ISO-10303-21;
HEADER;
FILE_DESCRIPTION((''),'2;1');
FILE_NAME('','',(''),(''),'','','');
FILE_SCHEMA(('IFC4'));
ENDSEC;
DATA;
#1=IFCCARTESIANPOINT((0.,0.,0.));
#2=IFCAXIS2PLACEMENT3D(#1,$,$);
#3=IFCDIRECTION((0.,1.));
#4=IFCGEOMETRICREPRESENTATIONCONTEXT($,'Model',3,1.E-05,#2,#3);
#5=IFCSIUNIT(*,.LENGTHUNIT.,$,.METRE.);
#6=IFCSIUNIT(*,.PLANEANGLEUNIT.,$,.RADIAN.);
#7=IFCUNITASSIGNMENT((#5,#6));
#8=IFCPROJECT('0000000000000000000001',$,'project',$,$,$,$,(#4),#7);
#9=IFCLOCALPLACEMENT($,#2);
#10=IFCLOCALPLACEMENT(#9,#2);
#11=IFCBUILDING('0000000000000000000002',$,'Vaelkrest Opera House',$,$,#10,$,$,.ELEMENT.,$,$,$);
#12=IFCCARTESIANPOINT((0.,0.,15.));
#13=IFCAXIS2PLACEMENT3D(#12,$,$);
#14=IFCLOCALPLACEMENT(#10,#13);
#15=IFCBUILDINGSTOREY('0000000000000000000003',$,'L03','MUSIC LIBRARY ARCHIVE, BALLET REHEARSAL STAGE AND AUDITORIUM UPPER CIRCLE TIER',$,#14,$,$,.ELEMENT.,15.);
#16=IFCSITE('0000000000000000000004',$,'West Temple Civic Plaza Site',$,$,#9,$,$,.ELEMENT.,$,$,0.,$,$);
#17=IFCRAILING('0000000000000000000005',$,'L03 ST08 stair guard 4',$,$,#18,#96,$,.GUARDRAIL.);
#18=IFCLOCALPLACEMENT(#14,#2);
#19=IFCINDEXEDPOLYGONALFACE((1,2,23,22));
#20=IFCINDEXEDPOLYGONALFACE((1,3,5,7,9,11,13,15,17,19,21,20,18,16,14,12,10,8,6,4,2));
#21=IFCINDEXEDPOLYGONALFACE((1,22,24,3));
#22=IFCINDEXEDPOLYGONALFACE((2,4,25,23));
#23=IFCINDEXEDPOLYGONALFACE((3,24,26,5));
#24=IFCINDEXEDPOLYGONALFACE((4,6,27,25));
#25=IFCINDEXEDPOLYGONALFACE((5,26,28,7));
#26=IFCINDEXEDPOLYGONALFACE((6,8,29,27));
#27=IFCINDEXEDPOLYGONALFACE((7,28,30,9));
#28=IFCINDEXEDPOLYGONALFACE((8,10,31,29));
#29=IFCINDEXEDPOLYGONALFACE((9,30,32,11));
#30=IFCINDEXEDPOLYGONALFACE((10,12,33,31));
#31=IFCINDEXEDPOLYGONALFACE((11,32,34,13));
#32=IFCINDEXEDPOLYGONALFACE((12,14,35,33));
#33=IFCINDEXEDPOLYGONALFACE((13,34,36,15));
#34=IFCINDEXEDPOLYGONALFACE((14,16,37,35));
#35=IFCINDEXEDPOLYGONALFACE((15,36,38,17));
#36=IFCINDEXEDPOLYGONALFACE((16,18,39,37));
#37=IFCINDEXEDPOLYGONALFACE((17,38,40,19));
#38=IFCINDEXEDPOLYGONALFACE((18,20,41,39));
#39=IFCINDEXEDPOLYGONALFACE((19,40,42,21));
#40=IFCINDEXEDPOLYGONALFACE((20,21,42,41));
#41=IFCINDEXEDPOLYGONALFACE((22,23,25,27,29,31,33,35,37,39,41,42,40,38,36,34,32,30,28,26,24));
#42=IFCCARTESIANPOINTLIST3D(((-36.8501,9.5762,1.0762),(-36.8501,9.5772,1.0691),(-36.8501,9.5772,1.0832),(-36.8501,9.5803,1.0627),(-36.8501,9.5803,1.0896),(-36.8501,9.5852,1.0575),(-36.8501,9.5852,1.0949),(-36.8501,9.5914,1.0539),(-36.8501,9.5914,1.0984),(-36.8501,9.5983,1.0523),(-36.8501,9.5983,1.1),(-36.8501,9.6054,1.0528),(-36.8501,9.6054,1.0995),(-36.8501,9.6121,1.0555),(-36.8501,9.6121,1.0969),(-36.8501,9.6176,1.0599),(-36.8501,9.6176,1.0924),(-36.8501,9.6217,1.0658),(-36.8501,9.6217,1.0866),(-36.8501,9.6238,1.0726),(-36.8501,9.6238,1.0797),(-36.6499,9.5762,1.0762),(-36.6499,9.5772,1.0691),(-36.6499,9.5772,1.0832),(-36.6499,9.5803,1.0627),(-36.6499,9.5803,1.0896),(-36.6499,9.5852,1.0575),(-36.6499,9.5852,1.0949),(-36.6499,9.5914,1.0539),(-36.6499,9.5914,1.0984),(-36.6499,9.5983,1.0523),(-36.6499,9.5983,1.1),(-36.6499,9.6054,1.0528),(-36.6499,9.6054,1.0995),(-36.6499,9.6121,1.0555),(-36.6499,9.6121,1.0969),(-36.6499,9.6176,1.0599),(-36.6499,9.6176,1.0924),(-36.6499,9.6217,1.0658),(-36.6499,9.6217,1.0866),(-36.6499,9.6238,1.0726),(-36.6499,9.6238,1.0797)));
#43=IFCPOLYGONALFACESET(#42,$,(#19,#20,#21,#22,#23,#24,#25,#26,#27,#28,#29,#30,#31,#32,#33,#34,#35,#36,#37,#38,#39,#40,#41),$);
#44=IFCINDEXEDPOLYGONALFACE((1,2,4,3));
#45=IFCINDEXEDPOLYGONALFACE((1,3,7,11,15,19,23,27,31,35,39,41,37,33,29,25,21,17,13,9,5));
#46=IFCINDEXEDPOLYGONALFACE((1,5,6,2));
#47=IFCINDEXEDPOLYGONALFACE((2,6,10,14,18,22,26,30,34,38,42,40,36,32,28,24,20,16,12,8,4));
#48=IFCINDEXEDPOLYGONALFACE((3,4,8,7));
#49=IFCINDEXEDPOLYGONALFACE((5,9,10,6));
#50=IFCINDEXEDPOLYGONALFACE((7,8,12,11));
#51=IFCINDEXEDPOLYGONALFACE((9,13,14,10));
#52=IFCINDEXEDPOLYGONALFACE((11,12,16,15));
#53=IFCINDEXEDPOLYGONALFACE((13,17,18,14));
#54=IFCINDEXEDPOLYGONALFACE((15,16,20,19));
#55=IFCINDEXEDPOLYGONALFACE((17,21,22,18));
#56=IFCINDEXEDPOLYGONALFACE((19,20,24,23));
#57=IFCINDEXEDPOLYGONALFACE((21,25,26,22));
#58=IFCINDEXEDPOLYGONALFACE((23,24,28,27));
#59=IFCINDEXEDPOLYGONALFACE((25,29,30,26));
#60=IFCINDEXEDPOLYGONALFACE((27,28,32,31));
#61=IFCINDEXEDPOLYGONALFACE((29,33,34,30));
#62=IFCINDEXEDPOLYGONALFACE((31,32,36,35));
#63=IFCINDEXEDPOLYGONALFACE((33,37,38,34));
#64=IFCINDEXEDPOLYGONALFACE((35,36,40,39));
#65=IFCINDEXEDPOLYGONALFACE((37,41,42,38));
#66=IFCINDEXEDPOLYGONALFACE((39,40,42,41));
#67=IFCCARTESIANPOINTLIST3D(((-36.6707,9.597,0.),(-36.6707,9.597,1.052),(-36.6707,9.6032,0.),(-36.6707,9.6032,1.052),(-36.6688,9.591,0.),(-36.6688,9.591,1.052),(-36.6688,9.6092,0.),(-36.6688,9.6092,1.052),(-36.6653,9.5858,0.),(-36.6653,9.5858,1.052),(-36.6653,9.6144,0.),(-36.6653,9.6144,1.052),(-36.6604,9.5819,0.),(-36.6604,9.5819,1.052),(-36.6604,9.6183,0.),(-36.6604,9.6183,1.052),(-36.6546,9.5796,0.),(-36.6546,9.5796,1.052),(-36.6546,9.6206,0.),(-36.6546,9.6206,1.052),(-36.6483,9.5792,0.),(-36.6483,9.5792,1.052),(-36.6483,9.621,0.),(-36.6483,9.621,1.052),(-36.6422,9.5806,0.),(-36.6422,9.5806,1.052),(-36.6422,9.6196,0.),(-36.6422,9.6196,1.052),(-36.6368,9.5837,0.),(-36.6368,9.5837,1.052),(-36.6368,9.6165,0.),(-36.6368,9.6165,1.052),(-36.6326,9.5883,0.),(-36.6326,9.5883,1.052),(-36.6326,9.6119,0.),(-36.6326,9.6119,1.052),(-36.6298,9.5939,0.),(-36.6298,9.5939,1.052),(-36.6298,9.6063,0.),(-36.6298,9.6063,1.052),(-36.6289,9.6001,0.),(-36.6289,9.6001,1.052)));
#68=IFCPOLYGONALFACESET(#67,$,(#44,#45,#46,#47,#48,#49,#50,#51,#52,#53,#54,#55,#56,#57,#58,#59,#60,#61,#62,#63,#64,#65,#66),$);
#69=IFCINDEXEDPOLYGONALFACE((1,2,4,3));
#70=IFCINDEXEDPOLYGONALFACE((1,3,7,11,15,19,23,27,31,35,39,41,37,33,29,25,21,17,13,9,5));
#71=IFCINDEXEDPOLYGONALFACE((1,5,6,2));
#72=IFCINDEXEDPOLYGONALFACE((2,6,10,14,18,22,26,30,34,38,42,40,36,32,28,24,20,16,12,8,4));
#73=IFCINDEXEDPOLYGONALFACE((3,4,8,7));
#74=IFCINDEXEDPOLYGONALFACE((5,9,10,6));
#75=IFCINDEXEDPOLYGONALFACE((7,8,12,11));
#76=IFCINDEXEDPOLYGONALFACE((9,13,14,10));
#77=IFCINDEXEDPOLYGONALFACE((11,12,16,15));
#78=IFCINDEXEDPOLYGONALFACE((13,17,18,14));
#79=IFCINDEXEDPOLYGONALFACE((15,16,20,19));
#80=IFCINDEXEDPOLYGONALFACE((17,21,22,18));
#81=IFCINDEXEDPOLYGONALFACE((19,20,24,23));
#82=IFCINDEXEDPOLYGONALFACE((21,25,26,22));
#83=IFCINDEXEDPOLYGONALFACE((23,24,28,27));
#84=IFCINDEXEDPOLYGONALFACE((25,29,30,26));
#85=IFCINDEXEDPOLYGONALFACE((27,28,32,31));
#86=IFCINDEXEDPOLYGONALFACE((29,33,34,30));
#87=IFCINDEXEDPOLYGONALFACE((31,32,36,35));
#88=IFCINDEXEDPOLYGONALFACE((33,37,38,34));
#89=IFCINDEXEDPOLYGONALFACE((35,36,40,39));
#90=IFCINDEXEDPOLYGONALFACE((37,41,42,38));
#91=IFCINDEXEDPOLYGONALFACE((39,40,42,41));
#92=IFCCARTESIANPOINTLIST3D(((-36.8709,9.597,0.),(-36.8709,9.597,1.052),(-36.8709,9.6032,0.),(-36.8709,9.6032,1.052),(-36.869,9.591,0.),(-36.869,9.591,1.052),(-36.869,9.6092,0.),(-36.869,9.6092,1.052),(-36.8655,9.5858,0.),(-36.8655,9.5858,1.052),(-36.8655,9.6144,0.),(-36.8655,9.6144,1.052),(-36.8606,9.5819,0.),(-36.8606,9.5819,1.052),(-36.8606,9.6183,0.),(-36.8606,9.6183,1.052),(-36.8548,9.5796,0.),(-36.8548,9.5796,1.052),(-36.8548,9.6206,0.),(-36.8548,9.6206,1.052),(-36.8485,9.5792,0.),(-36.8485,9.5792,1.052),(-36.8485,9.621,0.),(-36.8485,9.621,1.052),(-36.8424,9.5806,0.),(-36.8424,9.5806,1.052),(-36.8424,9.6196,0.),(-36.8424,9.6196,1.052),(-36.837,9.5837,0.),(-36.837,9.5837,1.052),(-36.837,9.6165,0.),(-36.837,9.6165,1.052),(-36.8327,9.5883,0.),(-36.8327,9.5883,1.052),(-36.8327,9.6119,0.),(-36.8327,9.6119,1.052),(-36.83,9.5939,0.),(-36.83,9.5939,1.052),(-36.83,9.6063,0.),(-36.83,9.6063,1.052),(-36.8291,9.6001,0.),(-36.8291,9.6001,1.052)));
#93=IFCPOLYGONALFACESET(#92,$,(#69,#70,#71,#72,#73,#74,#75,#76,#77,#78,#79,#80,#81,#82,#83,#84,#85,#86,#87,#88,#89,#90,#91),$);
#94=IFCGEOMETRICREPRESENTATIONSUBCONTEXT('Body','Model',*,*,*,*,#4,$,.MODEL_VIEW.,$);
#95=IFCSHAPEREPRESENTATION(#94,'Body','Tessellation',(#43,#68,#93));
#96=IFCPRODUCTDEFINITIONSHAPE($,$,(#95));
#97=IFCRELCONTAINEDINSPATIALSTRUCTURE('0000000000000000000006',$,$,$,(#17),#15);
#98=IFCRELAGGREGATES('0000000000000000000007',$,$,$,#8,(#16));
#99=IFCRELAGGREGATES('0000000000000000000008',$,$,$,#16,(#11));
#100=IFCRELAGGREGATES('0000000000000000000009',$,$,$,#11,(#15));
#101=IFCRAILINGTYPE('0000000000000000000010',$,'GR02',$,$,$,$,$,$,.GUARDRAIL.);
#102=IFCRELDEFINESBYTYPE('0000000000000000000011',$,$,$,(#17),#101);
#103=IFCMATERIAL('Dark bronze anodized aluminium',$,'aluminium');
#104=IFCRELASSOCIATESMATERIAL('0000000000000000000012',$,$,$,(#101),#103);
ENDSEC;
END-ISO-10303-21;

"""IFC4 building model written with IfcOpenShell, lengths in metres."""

from ifc_helpers import new_model, si_unit, direction, frame, origin, origin_2d, place, context, subcontext, project, spatial, circle, extrude, material, type_object, element, save


model = new_model("IFC4")

# Units and contexts
model_context = context("Model", 3, precision=1e-05, world=origin(), true_north=direction((0.0, 1.0)))
body_context = subcontext(model_context, "Body", "Model", "MODEL_VIEW")
ifc_project = project(units=[si_unit("LENGTHUNIT", "METRE"), si_unit("PLANEANGLEUNIT", "RADIAN")], contexts=[model_context])

# Site, building, storey
site_placement = place(None, origin())
site = spatial("IfcSite", under=ifc_project, at=site_placement, Name="West Temple Civic Plaza Site", CompositionType="ELEMENT", RefElevation=0.0)
building_placement = place(site_placement, origin())
building = spatial("IfcBuilding", under=site, at=building_placement, Name="Vaelkrest Opera House", CompositionType="ELEMENT")
storey_placement = place(building_placement, frame((0.0, 0.0, 15.0)))
storey = spatial("IfcBuildingStorey", under=building, at=storey_placement, Name="L03", Description="MUSIC LIBRARY ARCHIVE, BALLET REHEARSAL STAGE AND AUDITORIUM UPPER CIRCLE TIER", CompositionType="ELEMENT", Elevation=15.0)

# Shared definitions
ifc_material_1 = material(Name="Dark bronze anodized aluminium", Category="aluminium")

# Railing
railing_type_1 = type_object("IfcRailingType", Name="GR02", PredefinedType="GUARDRAIL", material=ifc_material_1)
railing_1_placement = place(storey_placement, frame((-36.6499, 9.6001, 0.0)))
element("IfcRailing", 1, at=railing_1_placement, inside=storey, type_object=railing_type_1, Name="L03 ST08 stair guard 4", PredefinedType="GUARDRAIL", context=body_context, shape_type="SweptSolid", body=[
    extrude(circle(Radius=0.0239, at=origin_2d()), frame((0.0, 0.0, 1.0762), z_axis=(-1.0, 0.0, 0.0), x_axis=(0.0, -1.0, 0.0)), (0.0, 0.0, 1.0), 0.2002),
    extrude(circle(Radius=0.021, at=origin_2d()), origin(), (0.0, 0.0, 1.0), 1.052),
    extrude(circle(Radius=0.021, at=origin_2d()), frame((-0.2002, 0.0, 0.0)), (0.0, 0.0, 1.0), 1.052),
])

save(model, "model.ifc")
